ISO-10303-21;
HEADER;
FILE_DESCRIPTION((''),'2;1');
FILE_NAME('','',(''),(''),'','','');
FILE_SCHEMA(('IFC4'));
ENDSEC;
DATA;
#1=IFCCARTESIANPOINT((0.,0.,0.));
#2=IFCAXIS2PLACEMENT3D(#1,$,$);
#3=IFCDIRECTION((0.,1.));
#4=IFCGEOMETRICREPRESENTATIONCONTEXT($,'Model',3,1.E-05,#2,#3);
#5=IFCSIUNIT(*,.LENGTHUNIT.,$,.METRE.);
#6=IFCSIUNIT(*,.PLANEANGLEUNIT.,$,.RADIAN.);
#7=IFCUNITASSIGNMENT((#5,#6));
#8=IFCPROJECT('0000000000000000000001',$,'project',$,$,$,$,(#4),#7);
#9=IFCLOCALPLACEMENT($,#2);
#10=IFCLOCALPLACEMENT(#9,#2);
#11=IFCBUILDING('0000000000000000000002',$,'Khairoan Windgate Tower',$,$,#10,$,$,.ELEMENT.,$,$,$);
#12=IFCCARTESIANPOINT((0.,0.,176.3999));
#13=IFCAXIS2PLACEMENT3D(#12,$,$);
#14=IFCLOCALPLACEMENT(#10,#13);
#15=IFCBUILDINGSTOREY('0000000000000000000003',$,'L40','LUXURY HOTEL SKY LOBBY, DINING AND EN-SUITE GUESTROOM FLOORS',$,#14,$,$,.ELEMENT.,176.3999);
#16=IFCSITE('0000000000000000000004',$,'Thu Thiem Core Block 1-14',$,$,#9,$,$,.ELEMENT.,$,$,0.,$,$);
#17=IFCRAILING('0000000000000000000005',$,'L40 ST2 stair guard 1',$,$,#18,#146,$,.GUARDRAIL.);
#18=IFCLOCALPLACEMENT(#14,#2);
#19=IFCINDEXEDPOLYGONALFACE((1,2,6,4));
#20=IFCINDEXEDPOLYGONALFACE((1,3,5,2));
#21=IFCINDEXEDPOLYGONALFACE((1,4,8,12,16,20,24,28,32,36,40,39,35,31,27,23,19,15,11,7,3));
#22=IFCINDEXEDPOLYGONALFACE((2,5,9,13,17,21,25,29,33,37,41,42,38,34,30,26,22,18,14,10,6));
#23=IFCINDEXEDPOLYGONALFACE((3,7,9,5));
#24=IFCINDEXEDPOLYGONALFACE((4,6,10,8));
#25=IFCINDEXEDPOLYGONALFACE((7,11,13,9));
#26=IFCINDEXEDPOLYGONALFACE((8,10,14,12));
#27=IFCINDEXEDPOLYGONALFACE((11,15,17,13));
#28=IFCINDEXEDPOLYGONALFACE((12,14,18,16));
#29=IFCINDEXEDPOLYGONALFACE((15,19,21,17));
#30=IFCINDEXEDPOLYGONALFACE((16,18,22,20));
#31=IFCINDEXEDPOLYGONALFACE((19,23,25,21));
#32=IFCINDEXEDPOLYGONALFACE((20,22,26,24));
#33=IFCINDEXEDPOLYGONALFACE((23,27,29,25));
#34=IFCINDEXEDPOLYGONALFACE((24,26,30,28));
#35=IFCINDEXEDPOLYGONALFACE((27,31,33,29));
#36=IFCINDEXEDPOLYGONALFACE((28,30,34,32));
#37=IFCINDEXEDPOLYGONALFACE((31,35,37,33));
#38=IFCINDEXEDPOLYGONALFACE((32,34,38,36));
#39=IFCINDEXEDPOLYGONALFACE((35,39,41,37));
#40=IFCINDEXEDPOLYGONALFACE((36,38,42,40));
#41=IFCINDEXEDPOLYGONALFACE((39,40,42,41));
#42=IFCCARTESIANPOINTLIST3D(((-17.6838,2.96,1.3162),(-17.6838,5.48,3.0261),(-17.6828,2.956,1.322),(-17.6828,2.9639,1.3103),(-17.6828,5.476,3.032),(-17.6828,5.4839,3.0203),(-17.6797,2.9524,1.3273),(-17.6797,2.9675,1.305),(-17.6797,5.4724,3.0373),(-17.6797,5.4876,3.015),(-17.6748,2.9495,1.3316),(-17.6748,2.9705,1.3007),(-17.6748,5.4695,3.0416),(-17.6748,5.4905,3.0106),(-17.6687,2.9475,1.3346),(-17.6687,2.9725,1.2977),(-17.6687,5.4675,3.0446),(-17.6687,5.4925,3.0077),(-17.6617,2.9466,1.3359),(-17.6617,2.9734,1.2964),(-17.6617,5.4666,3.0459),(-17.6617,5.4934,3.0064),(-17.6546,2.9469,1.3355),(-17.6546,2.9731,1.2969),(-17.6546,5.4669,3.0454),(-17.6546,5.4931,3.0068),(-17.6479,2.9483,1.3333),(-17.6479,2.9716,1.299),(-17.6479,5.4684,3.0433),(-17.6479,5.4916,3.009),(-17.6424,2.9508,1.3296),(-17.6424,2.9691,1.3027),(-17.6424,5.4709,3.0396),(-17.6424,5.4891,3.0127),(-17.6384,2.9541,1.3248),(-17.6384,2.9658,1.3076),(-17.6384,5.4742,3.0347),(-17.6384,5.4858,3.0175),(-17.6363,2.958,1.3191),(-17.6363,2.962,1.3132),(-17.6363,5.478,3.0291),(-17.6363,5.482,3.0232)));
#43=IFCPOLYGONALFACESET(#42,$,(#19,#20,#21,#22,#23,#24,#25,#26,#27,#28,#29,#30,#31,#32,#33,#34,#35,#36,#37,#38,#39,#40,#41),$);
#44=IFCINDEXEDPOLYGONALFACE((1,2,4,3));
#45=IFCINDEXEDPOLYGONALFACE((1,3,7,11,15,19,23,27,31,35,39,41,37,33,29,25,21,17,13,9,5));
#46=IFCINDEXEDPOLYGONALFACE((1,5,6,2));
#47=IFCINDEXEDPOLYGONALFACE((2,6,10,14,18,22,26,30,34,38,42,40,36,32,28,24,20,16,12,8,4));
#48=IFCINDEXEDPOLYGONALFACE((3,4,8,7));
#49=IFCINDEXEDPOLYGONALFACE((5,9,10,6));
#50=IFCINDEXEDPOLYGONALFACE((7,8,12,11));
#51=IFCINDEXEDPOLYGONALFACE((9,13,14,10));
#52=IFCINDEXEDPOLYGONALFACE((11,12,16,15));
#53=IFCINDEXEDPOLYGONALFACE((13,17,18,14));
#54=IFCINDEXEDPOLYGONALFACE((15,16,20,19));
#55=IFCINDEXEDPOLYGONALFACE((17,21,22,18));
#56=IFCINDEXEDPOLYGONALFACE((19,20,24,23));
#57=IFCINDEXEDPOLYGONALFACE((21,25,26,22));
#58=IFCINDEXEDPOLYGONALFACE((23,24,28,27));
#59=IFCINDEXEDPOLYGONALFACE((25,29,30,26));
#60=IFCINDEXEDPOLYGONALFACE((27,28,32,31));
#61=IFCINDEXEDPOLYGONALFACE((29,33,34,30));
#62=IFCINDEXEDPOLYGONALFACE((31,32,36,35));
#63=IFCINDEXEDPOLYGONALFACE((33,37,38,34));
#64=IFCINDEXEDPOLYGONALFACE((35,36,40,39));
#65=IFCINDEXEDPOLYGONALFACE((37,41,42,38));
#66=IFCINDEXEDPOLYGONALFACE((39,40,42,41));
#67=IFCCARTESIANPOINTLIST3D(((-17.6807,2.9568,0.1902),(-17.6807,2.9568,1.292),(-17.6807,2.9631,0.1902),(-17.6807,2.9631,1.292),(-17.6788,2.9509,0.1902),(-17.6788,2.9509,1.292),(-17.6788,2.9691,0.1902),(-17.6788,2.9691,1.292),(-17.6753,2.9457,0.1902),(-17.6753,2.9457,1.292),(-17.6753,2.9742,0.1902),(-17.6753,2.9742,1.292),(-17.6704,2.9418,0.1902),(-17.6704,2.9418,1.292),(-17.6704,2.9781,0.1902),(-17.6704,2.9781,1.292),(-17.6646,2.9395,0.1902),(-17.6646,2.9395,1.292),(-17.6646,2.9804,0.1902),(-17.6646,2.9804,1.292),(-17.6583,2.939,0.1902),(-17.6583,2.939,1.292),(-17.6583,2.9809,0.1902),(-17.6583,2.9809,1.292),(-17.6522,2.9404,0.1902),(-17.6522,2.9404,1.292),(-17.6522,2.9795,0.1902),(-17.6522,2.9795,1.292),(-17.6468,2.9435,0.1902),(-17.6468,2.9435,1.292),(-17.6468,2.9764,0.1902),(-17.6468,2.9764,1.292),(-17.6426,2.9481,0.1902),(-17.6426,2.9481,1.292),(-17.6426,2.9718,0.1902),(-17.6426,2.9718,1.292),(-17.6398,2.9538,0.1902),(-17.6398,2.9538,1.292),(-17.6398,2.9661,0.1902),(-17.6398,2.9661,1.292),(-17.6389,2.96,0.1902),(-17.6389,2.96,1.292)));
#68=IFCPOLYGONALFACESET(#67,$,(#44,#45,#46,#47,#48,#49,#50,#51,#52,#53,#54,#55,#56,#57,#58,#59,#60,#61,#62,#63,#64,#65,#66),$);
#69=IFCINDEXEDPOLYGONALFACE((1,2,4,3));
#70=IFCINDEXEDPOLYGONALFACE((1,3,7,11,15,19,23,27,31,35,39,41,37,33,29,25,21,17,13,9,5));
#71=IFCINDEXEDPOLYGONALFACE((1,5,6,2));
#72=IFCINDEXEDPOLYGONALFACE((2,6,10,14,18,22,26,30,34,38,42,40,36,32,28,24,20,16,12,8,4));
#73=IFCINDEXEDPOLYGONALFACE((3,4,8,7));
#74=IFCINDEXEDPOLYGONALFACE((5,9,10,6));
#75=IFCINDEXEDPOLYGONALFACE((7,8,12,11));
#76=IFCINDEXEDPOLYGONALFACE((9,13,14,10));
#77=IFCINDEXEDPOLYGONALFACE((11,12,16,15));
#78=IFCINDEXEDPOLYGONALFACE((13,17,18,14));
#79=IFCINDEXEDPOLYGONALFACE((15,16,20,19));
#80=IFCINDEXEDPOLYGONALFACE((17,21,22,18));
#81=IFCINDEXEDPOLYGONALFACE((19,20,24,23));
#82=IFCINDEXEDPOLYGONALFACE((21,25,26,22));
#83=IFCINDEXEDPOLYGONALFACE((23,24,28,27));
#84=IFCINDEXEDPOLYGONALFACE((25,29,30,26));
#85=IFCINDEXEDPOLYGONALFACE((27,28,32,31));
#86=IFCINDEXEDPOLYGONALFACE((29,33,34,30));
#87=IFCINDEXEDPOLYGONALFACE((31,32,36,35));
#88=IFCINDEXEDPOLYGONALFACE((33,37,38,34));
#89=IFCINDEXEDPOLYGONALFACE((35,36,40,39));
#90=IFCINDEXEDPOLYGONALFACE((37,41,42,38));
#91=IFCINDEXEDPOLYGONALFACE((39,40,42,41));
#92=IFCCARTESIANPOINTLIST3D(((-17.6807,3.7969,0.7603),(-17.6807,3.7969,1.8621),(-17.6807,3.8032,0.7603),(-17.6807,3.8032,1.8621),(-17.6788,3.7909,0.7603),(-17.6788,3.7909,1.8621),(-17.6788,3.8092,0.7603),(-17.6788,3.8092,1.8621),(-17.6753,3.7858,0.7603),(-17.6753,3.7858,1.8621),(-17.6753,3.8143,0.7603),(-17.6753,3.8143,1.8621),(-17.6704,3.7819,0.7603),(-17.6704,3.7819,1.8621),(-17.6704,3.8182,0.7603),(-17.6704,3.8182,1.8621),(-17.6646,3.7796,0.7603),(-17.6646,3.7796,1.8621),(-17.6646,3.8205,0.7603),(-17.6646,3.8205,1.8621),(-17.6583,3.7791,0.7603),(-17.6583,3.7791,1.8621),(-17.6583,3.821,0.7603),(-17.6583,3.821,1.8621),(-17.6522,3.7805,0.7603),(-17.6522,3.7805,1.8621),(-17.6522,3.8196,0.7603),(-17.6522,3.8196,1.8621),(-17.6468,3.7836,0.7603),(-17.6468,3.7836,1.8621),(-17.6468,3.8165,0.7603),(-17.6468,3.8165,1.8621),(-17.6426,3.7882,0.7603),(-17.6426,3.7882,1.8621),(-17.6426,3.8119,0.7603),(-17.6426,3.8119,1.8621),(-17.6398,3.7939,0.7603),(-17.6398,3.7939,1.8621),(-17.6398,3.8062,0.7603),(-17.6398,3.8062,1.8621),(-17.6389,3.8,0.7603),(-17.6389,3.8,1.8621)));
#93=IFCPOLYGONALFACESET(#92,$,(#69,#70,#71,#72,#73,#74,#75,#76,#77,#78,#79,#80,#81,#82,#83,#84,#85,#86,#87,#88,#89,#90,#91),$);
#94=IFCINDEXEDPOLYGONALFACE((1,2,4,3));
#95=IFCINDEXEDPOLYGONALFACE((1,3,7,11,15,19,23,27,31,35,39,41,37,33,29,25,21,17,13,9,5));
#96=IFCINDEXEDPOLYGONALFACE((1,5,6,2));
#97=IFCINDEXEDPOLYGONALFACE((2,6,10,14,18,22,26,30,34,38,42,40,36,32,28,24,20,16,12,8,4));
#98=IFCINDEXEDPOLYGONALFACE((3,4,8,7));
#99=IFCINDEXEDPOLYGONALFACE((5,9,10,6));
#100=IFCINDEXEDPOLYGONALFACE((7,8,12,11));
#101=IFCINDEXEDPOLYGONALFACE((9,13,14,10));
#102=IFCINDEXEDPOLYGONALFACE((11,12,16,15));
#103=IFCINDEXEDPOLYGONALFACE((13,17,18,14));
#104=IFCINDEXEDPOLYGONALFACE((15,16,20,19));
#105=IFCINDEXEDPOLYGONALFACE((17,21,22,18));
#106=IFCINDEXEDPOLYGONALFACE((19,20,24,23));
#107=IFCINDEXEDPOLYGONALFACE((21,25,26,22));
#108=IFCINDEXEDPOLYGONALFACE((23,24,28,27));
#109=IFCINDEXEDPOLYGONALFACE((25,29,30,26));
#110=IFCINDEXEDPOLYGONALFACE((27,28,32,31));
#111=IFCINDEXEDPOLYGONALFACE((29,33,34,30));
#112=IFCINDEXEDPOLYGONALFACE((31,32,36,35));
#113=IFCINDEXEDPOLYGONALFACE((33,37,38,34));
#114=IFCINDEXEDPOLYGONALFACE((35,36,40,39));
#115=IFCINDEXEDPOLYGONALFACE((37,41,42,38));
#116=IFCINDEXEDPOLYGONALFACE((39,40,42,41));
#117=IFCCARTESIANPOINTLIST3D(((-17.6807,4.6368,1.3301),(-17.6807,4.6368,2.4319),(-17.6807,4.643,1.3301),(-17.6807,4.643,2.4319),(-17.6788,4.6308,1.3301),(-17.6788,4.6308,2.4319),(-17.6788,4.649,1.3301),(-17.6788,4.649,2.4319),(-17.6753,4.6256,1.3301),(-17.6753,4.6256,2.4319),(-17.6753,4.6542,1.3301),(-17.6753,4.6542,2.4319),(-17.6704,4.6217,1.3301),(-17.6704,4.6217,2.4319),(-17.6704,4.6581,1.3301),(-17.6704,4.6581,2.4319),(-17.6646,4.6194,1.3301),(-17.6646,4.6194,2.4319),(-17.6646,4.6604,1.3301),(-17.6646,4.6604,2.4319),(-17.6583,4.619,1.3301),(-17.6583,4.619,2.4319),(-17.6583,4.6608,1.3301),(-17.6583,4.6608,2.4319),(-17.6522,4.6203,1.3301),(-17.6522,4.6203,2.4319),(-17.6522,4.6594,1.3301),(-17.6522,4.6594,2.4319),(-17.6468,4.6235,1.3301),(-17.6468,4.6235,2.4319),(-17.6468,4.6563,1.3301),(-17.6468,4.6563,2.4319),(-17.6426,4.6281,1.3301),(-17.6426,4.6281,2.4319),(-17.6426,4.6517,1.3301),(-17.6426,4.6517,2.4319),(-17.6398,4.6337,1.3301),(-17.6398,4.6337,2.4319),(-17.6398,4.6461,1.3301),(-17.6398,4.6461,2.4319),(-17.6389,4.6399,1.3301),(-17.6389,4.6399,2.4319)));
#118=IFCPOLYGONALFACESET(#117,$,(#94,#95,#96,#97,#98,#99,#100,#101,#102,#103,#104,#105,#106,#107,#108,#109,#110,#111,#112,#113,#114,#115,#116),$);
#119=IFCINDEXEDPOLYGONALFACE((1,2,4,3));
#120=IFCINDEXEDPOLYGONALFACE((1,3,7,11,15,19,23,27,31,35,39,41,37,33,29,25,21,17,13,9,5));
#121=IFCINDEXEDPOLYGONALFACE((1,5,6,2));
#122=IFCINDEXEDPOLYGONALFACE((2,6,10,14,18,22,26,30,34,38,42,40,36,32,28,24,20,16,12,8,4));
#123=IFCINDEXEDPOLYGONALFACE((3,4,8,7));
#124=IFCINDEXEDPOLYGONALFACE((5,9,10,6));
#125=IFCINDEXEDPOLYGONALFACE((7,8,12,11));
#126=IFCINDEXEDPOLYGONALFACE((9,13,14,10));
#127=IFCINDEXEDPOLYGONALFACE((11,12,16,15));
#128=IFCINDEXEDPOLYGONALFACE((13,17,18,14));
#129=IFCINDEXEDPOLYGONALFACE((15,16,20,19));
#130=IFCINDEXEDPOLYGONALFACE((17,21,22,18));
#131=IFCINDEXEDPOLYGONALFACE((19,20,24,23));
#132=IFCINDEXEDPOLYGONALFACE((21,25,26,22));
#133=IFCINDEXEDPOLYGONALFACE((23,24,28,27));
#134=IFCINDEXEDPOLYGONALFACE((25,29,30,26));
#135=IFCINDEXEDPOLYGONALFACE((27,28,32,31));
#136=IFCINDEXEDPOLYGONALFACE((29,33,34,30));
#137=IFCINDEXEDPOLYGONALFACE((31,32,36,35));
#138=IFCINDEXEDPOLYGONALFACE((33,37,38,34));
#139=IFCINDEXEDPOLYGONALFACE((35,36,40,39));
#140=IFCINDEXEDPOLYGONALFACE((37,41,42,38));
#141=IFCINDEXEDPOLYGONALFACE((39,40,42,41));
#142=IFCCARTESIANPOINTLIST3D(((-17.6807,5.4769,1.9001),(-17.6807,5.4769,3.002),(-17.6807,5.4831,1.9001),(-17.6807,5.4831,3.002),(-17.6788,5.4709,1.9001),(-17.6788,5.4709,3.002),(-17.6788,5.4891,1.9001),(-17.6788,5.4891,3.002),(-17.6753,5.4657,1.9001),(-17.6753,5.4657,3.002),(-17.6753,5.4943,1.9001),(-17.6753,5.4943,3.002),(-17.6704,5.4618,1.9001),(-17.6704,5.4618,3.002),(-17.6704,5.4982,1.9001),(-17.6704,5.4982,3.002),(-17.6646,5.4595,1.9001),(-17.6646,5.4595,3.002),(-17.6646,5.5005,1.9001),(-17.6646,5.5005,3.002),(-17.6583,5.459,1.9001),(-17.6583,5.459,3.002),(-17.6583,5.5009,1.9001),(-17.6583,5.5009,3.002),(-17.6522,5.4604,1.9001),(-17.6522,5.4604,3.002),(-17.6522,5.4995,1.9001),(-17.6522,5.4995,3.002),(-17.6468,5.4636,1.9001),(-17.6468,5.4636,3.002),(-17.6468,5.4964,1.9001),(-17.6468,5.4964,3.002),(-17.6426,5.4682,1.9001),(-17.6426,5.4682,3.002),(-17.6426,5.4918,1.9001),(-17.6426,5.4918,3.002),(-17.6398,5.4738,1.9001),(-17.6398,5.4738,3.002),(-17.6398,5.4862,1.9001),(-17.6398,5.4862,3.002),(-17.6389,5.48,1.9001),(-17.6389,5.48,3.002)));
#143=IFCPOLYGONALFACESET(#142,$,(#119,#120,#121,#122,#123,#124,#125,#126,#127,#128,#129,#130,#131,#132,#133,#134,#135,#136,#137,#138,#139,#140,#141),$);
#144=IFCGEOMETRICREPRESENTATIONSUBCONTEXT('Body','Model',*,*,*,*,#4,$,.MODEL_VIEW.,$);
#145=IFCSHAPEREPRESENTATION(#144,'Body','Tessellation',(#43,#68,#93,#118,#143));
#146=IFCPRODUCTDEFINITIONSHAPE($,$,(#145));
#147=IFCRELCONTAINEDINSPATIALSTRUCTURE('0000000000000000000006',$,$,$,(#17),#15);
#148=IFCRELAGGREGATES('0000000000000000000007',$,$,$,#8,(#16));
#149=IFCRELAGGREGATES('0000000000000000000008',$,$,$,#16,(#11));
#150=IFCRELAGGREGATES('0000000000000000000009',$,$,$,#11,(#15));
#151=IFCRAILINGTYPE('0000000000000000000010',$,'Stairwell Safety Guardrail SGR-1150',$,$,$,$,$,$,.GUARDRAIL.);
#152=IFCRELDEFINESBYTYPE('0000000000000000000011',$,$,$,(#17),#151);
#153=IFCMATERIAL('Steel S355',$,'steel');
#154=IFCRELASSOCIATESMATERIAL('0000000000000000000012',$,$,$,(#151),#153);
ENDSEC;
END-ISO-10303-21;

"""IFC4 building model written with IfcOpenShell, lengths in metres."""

from ifc_helpers import new_model, si_unit, direction, frame, origin, origin_2d, place, context, subcontext, project, spatial, circle, extrude, material, type_object, element, save


model = new_model("IFC4")

# Units and contexts
model_context = context("Model", 3, precision=1e-05, world=origin(), true_north=direction((0.0, 1.0)))
body_context = subcontext(model_context, "Body", "Model", "MODEL_VIEW")
ifc_project = project(units=[si_unit("LENGTHUNIT", "METRE"), si_unit("PLANEANGLEUNIT", "RADIAN")], contexts=[model_context])

# Site, building, storey
site_placement = place(None, origin())
site = spatial("IfcSite", under=ifc_project, at=site_placement, Name="Thu Thiem Core Block 1-14", CompositionType="ELEMENT", RefElevation=0.0)
building_placement = place(site_placement, origin())
building = spatial("IfcBuilding", under=site, at=building_placement, Name="Khairoan Windgate Tower", CompositionType="ELEMENT")
storey_placement = place(building_placement, frame((0.0, 0.0, 176.3999)))
storey = spatial("IfcBuildingStorey", under=building, at=storey_placement, Name="L40", Description="LUXURY HOTEL SKY LOBBY, DINING AND EN-SUITE GUESTROOM FLOORS", CompositionType="ELEMENT", Elevation=176.3999)

# Railing
ifc_material_1 = material(Name="Steel S355", Category="steel")
railing_type_1 = type_object("IfcRailingType", Name="Stairwell Safety Guardrail SGR-1150", PredefinedType="GUARDRAIL", material=ifc_material_1)
railing_1_placement = place(storey_placement, frame((-17.6599, 2.96, 0.1902)))
element("IfcRailing", 1, at=railing_1_placement, inside=storey, type_object=railing_type_1, Name="L40 ST2 stair guard 1", PredefinedType="GUARDRAIL", context=body_context, shape_type="SweptSolid", body=[
    extrude(circle(Radius=0.0239, at=origin_2d()), frame((0.0, 0.0, 1.126), z_axis=(0.0, 0.827484, 0.56149), x_axis=(-1.0, 0.0, 0.0)), (0.0, 0.0, 1.0), 3.0454),
    extrude(circle(Radius=0.021, at=origin_2d()), origin(), (0.0, 0.0, 1.0), 1.1018),
    extrude(circle(Radius=0.021, at=origin_2d()), frame((0.0, 0.8401, 0.5701)), (0.0, 0.0, 1.0), 1.1018),
    extrude(circle(Radius=0.021, at=origin_2d()), frame((0.0, 1.6799, 1.1399)), (0.0, 0.0, 1.0), 1.1018),
    extrude(circle(Radius=0.021, at=origin_2d()), frame((0.0, 2.52, 1.71)), (0.0, 0.0, 1.0), 1.1018),
])

save(model, "model.ifc")
